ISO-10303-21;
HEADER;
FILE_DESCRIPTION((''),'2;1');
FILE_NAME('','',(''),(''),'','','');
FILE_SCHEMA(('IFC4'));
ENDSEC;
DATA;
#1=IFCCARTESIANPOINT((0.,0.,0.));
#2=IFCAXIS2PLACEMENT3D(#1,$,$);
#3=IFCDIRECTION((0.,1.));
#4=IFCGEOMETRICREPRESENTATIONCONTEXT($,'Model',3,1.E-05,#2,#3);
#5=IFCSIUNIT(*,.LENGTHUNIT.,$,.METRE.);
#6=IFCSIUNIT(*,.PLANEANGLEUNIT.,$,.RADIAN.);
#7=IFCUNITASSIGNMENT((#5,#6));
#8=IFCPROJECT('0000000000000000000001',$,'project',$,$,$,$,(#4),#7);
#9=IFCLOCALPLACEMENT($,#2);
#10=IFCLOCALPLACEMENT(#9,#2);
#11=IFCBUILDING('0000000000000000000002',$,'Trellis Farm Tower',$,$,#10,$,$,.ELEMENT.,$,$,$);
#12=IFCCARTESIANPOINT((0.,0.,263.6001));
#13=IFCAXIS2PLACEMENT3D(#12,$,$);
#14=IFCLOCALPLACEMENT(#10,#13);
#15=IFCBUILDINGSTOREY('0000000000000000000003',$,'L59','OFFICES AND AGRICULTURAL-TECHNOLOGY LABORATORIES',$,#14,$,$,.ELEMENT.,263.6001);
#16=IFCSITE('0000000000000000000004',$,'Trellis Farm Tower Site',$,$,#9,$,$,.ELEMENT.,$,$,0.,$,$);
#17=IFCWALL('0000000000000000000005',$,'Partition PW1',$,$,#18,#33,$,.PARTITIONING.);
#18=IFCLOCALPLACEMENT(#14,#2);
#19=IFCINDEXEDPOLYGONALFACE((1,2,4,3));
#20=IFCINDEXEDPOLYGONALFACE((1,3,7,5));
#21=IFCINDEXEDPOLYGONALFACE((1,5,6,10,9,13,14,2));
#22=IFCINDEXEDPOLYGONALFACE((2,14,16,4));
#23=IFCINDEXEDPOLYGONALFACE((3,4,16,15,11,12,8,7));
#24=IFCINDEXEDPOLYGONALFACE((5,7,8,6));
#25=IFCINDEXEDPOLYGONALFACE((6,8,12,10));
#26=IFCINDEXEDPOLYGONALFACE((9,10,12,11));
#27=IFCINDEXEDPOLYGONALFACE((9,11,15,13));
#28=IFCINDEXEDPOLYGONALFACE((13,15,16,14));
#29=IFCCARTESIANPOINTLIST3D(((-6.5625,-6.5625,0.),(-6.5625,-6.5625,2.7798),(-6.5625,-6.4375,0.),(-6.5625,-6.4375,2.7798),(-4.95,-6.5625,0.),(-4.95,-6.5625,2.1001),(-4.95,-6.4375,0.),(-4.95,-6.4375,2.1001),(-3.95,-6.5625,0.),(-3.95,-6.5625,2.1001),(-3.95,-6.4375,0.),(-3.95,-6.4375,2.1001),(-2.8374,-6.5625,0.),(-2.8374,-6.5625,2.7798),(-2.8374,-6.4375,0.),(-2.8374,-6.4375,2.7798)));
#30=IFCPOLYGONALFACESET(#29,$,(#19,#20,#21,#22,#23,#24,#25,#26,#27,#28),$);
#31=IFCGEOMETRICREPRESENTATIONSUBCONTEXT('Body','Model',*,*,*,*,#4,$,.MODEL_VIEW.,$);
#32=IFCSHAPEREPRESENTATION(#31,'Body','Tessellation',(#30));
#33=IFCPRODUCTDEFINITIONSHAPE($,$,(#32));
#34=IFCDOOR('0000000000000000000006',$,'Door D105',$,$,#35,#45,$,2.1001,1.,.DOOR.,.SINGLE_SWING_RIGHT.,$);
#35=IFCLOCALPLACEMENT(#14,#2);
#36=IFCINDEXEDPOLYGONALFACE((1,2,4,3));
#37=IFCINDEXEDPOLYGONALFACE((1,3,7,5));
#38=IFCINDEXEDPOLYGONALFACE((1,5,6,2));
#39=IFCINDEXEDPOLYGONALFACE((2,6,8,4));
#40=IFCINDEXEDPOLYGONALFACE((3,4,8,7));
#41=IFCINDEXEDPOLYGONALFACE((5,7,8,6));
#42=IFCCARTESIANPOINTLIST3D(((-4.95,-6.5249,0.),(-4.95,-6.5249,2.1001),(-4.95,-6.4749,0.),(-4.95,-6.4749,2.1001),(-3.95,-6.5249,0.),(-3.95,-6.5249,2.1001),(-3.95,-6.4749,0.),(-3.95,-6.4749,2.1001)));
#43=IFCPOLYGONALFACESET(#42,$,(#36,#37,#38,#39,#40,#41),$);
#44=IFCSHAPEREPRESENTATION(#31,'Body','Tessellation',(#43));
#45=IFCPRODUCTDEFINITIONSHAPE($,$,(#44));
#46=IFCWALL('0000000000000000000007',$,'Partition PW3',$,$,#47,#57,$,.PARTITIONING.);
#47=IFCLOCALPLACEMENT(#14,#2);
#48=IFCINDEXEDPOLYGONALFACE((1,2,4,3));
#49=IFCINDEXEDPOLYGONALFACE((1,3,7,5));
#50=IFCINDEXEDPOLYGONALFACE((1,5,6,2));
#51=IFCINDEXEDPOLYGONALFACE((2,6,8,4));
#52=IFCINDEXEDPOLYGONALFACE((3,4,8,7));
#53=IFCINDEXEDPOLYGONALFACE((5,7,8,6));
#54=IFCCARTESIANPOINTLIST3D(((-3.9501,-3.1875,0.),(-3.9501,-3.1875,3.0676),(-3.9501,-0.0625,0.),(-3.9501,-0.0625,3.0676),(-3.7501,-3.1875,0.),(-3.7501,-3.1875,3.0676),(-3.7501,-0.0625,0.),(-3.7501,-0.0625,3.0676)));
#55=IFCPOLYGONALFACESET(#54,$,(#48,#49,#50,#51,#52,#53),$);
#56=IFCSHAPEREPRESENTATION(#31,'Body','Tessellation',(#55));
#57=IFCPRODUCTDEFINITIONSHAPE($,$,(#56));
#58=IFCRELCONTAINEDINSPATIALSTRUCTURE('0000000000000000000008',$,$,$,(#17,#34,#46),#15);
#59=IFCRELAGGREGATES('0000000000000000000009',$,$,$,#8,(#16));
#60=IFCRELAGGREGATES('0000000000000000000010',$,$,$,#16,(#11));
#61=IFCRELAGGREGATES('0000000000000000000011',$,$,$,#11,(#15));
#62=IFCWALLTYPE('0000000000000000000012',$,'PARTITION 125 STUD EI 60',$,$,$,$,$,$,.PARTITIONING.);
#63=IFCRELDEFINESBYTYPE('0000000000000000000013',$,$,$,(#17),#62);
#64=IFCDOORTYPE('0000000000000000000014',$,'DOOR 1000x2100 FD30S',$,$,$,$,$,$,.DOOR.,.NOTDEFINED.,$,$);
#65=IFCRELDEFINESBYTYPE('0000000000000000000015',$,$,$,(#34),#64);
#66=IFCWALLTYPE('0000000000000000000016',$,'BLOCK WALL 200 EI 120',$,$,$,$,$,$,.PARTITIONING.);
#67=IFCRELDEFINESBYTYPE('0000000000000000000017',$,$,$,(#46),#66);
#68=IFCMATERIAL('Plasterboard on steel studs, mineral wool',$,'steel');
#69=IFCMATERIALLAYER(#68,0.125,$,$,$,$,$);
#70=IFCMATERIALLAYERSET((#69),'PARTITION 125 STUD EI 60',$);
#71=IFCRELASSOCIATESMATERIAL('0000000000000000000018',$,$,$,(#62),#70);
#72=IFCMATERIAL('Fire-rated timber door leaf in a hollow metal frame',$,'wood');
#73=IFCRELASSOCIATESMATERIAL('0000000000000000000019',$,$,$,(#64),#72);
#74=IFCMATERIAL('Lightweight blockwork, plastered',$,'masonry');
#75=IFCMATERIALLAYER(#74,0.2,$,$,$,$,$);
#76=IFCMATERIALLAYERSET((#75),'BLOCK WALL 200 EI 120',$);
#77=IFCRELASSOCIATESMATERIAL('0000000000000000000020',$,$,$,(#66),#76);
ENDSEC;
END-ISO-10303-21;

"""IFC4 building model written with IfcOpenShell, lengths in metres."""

from ifc_helpers import new_model, si_unit, direction, frame, frame_2d, origin, place, context, subcontext, project, spatial, rectangle, extrude, source, transform, mapped, material, layer, layer_set, type_object, element, fill, save


model = new_model("IFC4")

# Units and contexts
model_context = context("Model", 3, precision=1e-05, world=origin(), true_north=direction((0.0, 1.0)))
body_context = subcontext(model_context, "Body", "Model", "MODEL_VIEW")
ifc_project = project(units=[si_unit("LENGTHUNIT", "METRE"), si_unit("PLANEANGLEUNIT", "RADIAN")], contexts=[model_context])

# Site, building, storey
site_placement = place(None, origin())
site = spatial("IfcSite", under=ifc_project, at=site_placement, Name="Trellis Farm Tower Site", CompositionType="ELEMENT", RefElevation=0.0)
building_placement = place(site_placement, origin())
building = spatial("IfcBuilding", under=site, at=building_placement, Name="Trellis Farm Tower", CompositionType="ELEMENT")
storey_placement = place(building_placement, frame((0.0, 0.0, 263.6001)))
storey = spatial("IfcBuildingStorey", under=building, at=storey_placement, Name="L59", Description="OFFICES AND AGRICULTURAL-TECHNOLOGY LABORATORIES", CompositionType="ELEMENT", Elevation=263.6001)

# Shared definitions
ifc_material_1 = material(Name="Plasterboard on steel studs, mineral wool", Category="steel")
ifc_layer_1 = layer(ifc_material_1, 0.125)
ifc_layer_set_1 = layer_set([ifc_layer_1], Name="PARTITION 125 STUD EI 60")
wall_type_1 = type_object("IfcWallType", Name="PARTITION 125 STUD EI 60", PredefinedType="PARTITIONING", material=ifc_layer_set_1)
shared_shape_1 = source(origin(), body_context, "Body", "SweptSolid", [
    extrude(rectangle(XDim=1.0, YDim=2.1001, at=frame_2d((0.5, 1.05))), frame((0.0, 0.0725, 0.0), z_axis=(0.0, -1.0, 0.0), x_axis=(1.0, 0.0, 0.0)), (0.0, 0.0, 1.0), 0.145),
])
ifc_material_2 = material(Name="Fire-rated timber door leaf in a hollow metal frame", Category="wood")
door_type_1 = type_object("IfcDoorType", Name="DOOR 1000x2100 FD30S", OperationType="NOTDEFINED", PredefinedType="DOOR", material=ifc_material_2)
shared_shape_2 = source(origin(), body_context, "Body", "SweptSolid", [
    extrude(rectangle(XDim=1.0, YDim=2.1001, at=frame_2d((0.5, 1.05))), frame((0.0, 0.0249, 0.0), z_axis=(0.0, -1.0, 0.0), x_axis=(1.0, 0.0, 0.0)), (0.0, 0.0, 1.0), 0.05),
])

# Wall, opening, door
shared_shape_3 = source(origin(), body_context, "Body", "SweptSolid", [
    extrude(rectangle(XDim=3.7251, YDim=0.125, at=frame_2d((1.8625, 0.0))), origin(), (0.0, 0.0, 1.0), 2.7798),
])
wall_1_placement = place(storey_placement, frame((-2.8374, -6.5, 0.0), z_axis=(0.0, 0.0, 1.0), x_axis=(-1.0, 0.0, 0.0)))
wall_1 = element("IfcWall", 1, at=wall_1_placement, inside=storey, type_object=wall_type_1, Name="Partition PW1", PredefinedType="PARTITIONING", context=body_context, shape_type="MappedRepresentation", body=[
    mapped(shared_shape_3, transform((0.0, 0.0, 0.0))),
])
opening_1_placement = place(wall_1_placement, frame((1.1125, 0.0, 0.0)))
opening_1 = element("IfcOpeningElement", 2, at=opening_1_placement, cuts=wall_1, PredefinedType="OPENING", context=body_context, shape_type="MappedRepresentation", body=[
    mapped(shared_shape_1, transform((0.0, 0.0, 0.0))),
])
door_1_placement = place(opening_1_placement, origin())
door_1 = element("IfcDoor", 3, at=door_1_placement, inside=storey, type_object=door_type_1, Name="Door D105", OperationType="SINGLE_SWING_RIGHT", OverallHeight=2.1001, OverallWidth=1.0, PredefinedType="DOOR", context=body_context, shape_type="MappedRepresentation", body=[
    mapped(shared_shape_2, transform((0.0, 0.0, 0.0))),
])
fill(opening_1, door_1)

# Wall
ifc_material_3 = material(Name="Lightweight blockwork, plastered", Category="masonry")
ifc_layer_2 = layer(ifc_material_3, 0.2)
ifc_layer_set_2 = layer_set([ifc_layer_2], Name="BLOCK WALL 200 EI 120")
wall_type_2 = type_object("IfcWallType", Name="BLOCK WALL 200 EI 120", PredefinedType="PARTITIONING", material=ifc_layer_set_2)
shared_shape_4 = source(origin(), body_context, "Body", "SweptSolid", [
    extrude(rectangle(XDim=3.125, YDim=0.2, at=frame_2d((1.5625, 0.0))), origin(), (0.0, 0.0, 1.0), 3.0676),
])
wall_2_placement = place(storey_placement, frame((-3.8501, -3.1875, 0.0), z_axis=(0.0, 0.0, 1.0), x_axis=(0.0, 1.0, 0.0)))
element("IfcWall", 4, at=wall_2_placement, inside=storey, type_object=wall_type_2, Name="Partition PW3", PredefinedType="PARTITIONING", context=body_context, shape_type="MappedRepresentation", body=[
    mapped(shared_shape_4, transform((0.0, 0.0, 0.0))),
])

save(model, "model.ifc")
